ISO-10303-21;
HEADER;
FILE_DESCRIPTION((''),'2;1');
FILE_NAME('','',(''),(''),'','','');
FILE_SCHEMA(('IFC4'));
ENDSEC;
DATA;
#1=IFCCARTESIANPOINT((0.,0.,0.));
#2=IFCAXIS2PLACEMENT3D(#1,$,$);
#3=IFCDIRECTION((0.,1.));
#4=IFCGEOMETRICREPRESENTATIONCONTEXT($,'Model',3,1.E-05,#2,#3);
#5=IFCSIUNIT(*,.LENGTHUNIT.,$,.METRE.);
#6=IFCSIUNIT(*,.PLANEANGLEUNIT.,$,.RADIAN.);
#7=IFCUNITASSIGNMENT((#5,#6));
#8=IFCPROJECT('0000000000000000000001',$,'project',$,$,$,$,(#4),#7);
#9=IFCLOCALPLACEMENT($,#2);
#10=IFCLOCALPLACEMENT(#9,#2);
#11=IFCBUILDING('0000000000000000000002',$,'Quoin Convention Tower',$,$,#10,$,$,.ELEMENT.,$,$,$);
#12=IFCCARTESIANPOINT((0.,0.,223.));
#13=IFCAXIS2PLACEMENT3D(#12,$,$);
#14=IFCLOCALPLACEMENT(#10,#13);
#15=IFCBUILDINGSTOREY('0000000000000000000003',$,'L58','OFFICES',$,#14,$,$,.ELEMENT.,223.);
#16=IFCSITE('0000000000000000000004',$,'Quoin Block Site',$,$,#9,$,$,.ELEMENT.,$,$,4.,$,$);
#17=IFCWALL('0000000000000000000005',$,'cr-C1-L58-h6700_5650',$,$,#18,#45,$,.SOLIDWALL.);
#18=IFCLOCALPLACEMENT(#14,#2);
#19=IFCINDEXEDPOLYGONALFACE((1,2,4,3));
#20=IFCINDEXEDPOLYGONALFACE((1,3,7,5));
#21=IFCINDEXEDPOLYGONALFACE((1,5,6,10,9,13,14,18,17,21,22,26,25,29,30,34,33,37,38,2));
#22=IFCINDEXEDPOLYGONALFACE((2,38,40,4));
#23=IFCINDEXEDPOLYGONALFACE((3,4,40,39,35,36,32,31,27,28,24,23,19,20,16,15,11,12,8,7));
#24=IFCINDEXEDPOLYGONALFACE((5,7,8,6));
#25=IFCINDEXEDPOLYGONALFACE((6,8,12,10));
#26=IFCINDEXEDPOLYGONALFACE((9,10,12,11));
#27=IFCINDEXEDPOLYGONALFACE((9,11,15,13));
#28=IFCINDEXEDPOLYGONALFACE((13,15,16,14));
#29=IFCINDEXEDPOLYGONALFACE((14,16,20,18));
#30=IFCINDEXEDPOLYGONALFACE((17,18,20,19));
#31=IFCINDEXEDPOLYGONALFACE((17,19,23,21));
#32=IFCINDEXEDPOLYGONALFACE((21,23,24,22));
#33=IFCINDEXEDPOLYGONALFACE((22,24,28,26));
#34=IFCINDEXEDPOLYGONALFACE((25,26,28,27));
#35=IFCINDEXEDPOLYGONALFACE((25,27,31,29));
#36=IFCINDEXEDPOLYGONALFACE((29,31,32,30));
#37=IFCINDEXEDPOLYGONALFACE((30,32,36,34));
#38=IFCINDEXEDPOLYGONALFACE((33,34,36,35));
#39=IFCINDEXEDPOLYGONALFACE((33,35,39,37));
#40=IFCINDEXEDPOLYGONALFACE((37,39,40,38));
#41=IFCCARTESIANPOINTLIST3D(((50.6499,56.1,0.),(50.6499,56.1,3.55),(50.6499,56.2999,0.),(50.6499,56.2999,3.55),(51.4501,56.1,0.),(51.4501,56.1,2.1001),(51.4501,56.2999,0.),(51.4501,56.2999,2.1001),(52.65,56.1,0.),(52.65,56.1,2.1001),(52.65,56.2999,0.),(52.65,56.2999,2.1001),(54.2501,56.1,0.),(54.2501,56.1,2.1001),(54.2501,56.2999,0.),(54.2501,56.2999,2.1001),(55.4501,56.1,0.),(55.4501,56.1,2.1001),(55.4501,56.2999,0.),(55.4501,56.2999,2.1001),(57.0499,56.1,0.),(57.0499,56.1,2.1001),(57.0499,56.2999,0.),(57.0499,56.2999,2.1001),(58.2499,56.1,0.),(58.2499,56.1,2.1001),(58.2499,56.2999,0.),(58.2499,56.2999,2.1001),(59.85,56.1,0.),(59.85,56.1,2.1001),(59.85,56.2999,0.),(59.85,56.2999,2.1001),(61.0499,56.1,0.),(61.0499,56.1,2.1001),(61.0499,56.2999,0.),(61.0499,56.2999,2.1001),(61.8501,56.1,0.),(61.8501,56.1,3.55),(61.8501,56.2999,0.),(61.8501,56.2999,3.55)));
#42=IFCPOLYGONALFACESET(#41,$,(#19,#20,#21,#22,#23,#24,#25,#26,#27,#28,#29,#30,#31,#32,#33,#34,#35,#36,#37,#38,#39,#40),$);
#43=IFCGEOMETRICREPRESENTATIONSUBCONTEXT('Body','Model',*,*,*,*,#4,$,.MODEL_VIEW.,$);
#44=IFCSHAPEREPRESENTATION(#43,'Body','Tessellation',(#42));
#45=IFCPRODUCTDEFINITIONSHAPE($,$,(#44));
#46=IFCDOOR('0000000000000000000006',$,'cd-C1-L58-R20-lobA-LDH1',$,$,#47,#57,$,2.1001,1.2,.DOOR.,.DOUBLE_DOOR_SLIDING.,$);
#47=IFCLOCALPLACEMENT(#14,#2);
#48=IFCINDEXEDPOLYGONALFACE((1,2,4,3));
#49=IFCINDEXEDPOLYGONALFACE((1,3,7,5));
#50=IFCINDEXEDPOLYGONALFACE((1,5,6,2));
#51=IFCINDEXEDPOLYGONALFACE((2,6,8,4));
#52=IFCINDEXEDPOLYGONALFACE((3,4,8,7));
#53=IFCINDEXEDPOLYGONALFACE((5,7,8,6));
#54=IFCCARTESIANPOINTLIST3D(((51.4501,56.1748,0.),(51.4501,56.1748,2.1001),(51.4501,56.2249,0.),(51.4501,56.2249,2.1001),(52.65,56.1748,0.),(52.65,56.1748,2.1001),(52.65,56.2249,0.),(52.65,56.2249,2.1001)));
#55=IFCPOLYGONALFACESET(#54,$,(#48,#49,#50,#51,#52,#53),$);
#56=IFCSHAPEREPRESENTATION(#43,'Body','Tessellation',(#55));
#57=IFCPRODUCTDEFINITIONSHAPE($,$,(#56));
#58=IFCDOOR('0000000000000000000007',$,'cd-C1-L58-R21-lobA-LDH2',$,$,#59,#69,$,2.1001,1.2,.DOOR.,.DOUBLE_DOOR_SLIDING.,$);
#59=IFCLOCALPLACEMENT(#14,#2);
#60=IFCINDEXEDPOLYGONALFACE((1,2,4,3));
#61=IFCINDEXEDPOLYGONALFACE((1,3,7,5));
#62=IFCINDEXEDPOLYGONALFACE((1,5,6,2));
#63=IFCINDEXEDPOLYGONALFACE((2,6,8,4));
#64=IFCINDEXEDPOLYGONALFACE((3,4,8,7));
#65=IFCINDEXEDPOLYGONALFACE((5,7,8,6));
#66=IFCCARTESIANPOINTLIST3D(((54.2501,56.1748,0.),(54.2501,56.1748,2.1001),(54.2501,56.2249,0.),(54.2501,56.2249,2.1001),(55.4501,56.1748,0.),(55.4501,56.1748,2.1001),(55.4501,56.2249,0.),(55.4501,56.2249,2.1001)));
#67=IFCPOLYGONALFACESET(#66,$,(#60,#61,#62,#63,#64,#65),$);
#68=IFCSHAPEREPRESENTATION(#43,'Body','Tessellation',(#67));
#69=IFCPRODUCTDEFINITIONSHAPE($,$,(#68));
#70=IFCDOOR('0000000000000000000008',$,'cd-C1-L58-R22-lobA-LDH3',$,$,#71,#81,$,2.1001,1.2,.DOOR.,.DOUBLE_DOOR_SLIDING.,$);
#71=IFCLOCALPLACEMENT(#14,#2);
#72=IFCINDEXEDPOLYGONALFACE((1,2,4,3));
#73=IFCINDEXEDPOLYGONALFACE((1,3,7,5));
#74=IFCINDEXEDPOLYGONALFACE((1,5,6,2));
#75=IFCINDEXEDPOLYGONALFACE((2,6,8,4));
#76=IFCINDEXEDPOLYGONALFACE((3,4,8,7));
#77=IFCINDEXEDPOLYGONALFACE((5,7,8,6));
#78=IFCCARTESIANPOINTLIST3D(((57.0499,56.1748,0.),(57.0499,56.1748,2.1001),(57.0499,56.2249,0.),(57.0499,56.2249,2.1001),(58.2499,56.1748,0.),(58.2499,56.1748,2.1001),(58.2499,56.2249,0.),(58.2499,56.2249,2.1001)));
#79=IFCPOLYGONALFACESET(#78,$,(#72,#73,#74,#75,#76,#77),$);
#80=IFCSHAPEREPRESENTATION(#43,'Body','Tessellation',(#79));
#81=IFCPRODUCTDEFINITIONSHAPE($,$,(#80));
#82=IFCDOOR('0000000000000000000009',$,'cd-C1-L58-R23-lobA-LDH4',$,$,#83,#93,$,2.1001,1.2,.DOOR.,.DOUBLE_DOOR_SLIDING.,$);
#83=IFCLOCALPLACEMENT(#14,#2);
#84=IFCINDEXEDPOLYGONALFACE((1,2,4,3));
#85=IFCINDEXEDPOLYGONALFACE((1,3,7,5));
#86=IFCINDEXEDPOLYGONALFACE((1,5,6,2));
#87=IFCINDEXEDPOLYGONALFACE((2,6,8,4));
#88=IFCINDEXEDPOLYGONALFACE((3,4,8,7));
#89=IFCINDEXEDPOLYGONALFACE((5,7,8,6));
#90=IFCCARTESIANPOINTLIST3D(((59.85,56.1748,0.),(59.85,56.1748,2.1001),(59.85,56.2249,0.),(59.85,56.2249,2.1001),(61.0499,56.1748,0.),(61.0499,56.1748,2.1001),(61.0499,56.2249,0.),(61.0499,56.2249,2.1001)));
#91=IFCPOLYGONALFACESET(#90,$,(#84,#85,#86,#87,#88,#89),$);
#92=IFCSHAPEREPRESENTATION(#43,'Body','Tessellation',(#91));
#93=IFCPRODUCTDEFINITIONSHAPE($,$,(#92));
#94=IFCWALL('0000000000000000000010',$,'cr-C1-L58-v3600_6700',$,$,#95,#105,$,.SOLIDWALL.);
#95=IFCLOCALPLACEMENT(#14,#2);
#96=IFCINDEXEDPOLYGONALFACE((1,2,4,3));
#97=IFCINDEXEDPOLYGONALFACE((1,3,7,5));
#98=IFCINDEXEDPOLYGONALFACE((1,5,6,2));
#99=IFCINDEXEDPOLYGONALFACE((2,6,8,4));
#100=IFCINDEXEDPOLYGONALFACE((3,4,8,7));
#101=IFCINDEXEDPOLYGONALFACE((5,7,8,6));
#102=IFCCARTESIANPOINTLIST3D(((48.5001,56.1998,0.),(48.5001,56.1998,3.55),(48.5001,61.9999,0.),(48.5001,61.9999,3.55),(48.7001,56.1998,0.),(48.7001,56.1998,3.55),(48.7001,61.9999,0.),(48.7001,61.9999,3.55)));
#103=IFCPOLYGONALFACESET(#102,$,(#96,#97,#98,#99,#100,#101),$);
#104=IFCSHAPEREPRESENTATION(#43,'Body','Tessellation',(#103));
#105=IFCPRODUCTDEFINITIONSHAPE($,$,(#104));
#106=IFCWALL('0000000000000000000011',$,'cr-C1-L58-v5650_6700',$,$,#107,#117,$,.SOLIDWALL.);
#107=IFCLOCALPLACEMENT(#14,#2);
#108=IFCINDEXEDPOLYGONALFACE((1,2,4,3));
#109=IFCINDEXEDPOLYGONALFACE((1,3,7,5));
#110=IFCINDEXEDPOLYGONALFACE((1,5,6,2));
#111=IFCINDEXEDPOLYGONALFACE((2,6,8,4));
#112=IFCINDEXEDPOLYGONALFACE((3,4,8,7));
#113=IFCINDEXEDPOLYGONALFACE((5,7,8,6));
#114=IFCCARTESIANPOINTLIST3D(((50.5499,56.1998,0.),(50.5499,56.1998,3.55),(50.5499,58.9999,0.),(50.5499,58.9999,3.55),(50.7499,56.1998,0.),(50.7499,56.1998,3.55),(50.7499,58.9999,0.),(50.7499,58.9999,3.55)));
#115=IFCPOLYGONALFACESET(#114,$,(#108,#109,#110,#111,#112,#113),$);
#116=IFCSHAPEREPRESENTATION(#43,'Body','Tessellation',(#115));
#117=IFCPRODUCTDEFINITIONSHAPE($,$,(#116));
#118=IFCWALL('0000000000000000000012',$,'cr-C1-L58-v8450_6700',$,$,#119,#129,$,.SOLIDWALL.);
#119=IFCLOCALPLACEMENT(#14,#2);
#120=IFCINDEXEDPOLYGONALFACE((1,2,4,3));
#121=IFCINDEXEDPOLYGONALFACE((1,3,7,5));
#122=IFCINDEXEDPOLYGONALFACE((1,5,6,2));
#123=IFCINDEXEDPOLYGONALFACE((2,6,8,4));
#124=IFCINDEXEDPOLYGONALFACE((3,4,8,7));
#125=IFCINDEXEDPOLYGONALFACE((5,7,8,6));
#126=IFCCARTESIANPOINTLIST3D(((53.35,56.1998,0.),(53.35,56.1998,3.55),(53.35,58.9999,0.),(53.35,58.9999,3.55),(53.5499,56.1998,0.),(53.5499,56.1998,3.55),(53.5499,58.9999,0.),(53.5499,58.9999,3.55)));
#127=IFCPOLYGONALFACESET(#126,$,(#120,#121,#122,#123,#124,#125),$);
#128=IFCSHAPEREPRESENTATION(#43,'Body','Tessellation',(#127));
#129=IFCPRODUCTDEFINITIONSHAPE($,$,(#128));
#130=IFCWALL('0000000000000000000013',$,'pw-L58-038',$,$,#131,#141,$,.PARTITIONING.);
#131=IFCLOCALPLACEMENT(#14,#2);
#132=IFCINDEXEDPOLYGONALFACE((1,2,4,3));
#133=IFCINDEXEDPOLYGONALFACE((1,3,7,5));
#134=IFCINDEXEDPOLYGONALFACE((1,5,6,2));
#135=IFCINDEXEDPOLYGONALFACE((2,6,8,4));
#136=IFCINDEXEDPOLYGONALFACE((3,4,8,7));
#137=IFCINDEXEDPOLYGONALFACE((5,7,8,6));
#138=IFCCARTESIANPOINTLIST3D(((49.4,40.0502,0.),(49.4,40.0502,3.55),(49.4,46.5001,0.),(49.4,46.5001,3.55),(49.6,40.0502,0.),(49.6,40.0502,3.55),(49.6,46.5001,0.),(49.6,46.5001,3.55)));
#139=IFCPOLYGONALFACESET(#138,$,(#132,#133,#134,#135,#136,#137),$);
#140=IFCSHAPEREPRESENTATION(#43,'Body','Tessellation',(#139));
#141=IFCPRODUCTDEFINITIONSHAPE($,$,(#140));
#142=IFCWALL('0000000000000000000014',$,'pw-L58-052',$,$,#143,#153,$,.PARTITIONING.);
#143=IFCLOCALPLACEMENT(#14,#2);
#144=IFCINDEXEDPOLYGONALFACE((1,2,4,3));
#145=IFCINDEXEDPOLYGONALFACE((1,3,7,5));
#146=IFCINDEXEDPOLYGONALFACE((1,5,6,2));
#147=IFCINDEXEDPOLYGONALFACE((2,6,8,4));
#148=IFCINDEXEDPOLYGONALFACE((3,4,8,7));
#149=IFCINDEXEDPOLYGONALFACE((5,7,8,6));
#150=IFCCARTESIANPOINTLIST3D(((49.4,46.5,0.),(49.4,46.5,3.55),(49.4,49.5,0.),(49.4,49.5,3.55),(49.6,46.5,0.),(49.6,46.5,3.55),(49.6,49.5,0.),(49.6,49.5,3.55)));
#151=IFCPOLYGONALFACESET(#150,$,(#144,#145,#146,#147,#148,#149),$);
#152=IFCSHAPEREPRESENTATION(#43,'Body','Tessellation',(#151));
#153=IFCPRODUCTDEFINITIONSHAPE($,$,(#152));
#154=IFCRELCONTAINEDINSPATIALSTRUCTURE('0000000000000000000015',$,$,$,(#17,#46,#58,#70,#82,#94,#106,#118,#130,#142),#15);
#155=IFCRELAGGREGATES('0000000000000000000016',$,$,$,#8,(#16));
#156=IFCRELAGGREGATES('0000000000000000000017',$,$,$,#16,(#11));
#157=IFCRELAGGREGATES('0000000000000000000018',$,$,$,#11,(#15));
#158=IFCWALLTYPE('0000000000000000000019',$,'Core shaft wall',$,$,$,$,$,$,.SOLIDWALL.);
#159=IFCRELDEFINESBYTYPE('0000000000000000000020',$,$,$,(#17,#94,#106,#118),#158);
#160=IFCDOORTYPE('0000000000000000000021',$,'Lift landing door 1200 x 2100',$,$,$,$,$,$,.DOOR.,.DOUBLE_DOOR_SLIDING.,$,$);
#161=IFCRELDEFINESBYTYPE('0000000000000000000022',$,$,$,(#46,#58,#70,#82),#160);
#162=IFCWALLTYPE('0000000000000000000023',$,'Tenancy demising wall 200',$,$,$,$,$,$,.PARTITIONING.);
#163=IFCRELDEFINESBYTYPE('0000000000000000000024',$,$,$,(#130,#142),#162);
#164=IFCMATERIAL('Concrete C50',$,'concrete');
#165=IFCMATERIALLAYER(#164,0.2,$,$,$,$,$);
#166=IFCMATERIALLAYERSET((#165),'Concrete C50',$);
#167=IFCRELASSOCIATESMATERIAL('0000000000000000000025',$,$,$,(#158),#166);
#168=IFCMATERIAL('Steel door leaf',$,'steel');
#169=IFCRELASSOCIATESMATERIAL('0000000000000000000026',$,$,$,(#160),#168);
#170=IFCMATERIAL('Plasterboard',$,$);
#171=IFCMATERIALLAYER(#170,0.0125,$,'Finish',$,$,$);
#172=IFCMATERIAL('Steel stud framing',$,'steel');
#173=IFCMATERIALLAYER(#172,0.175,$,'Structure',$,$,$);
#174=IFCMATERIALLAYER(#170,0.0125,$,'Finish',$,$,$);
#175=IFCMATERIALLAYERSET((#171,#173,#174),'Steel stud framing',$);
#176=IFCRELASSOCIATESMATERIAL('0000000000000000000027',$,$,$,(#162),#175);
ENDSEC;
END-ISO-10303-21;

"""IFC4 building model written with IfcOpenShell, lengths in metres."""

from ifc_helpers import new_model, si_unit, direction, frame, frame_2d, origin, place, context, subcontext, project, spatial, rectangle, extrude, material, layer, layer_set, type_object, element, fill, save


model = new_model("IFC4")

# Units and contexts
model_context = context("Model", 3, precision=1e-05, world=origin(), true_north=direction((0.0, 1.0)))
body_context = subcontext(model_context, "Body", "Model", "MODEL_VIEW")
ifc_project = project(units=[si_unit("LENGTHUNIT", "METRE"), si_unit("PLANEANGLEUNIT", "RADIAN")], contexts=[model_context])

# Site, building, storey
site_placement = place(None, origin())
site = spatial("IfcSite", under=ifc_project, at=site_placement, Name="Quoin Block Site", CompositionType="ELEMENT", RefElevation=4.0)
building_placement = place(site_placement, origin())
building = spatial("IfcBuilding", under=site, at=building_placement, Name="Quoin Convention Tower", CompositionType="ELEMENT")
storey_placement = place(building_placement, frame((0.0, 0.0, 223.0)))
storey = spatial("IfcBuildingStorey", under=building, at=storey_placement, Name="L58", Description="OFFICES", CompositionType="ELEMENT", Elevation=223.0)

# Shared definitions
ifc_material_1 = material(Name="Concrete C50", Category="concrete")

# Shared definitions
ifc_material_2 = material(Name="Plasterboard")
ifc_material_3 = material(Name="Steel stud framing", Category="steel")
ifc_material_4 = material(Name="Steel door leaf", Category="steel")

# Wall, openings, doors
ifc_layer_1 = layer(ifc_material_1, 0.2)
ifc_layer_set_1 = layer_set([ifc_layer_1], Name="Concrete C50")
wall_type_1 = type_object("IfcWallType", Name="Core shaft wall", PredefinedType="SOLIDWALL", material=ifc_layer_set_1)
wall_1_placement = place(storey_placement, frame((50.6499, 56.2, 0.0), z_axis=(0.0, 0.0, 1.0), x_axis=(1.0, 0.0, 0.0)))
wall_1 = element("IfcWall", 1, at=wall_1_placement, inside=storey, type_object=wall_type_1, Name="cr-C1-L58-h6700_5650", PredefinedType="SOLIDWALL", context=body_context, shape_type="SweptSolid", body=[
    extrude(rectangle(XDim=11.2002, YDim=0.2, at=frame_2d((5.6001, 0.0))), origin(), (0.0, 0.0, 1.0), 3.55),
])
opening_1_placement = place(wall_1_placement, frame((0.8, 0.0, 0.0)))
opening_1 = element("IfcOpeningElement", 2, at=opening_1_placement, cuts=wall_1, PredefinedType="OPENING", context=body_context, shape_type="SweptSolid", body=[
    extrude(rectangle(XDim=1.2, YDim=2.1001, at=frame_2d((0.6001, 1.05))), frame((0.0, 0.1099, 0.0), z_axis=(0.0, -1.0, 0.0), x_axis=(1.0, 0.0, 0.0)), (0.0, 0.0, 1.0), 0.22),
])
opening_2_placement = place(wall_1_placement, frame((3.6001, 0.0, 0.0)))
opening_2 = element("IfcOpeningElement", 3, at=opening_2_placement, cuts=wall_1, PredefinedType="OPENING", context=body_context, shape_type="SweptSolid", body=[
    extrude(rectangle(XDim=1.2, YDim=2.1001, at=frame_2d((0.6001, 1.05))), frame((0.0, 0.1099, 0.0), z_axis=(0.0, -1.0, 0.0), x_axis=(1.0, 0.0, 0.0)), (0.0, 0.0, 1.0), 0.22),
])
opening_3_placement = place(wall_1_placement, frame((6.3999, 0.0, 0.0)))
opening_3 = element("IfcOpeningElement", 4, at=opening_3_placement, cuts=wall_1, PredefinedType="OPENING", context=body_context, shape_type="SweptSolid", body=[
    extrude(rectangle(XDim=1.2, YDim=2.1001, at=frame_2d((0.6001, 1.05))), frame((0.0, 0.1099, 0.0), z_axis=(0.0, -1.0, 0.0), x_axis=(1.0, 0.0, 0.0)), (0.0, 0.0, 1.0), 0.22),
])
opening_4_placement = place(wall_1_placement, frame((9.2, 0.0, 0.0)))
opening_4 = element("IfcOpeningElement", 5, at=opening_4_placement, cuts=wall_1, PredefinedType="OPENING", context=body_context, shape_type="SweptSolid", body=[
    extrude(rectangle(XDim=1.2, YDim=2.1001, at=frame_2d((0.6001, 1.05))), frame((0.0, 0.1099, 0.0), z_axis=(0.0, -1.0, 0.0), x_axis=(1.0, 0.0, 0.0)), (0.0, 0.0, 1.0), 0.22),
])
door_type_1 = type_object("IfcDoorType", Name="Lift landing door 1200 x 2100", OperationType="DOUBLE_DOOR_SLIDING", PredefinedType="DOOR", material=ifc_material_4)
door_1_placement = place(opening_1_placement, origin())
door_1 = element("IfcDoor", 6, at=door_1_placement, inside=storey, type_object=door_type_1, Name="cd-C1-L58-R20-lobA-LDH1", OperationType="DOUBLE_DOOR_SLIDING", OverallHeight=2.1001, OverallWidth=1.2, PredefinedType="DOOR", context=body_context, shape_type="SweptSolid", body=[
    extrude(rectangle(XDim=1.2, YDim=2.1001, at=frame_2d((0.6001, 1.05))), frame((0.0, 0.0249, 0.0), z_axis=(0.0, -1.0, 0.0), x_axis=(1.0, 0.0, 0.0)), (0.0, 0.0, 1.0), 0.05),
])
fill(opening_1, door_1)
door_2_placement = place(opening_2_placement, origin())
door_2 = element("IfcDoor", 7, at=door_2_placement, inside=storey, type_object=door_type_1, Name="cd-C1-L58-R21-lobA-LDH2", OperationType="DOUBLE_DOOR_SLIDING", OverallHeight=2.1001, OverallWidth=1.2, PredefinedType="DOOR", context=body_context, shape_type="SweptSolid", body=[
    extrude(rectangle(XDim=1.2, YDim=2.1001, at=frame_2d((0.6001, 1.05))), frame((0.0, 0.0249, 0.0), z_axis=(0.0, -1.0, 0.0), x_axis=(1.0, 0.0, 0.0)), (0.0, 0.0, 1.0), 0.05),
])
fill(opening_2, door_2)
door_3_placement = place(opening_3_placement, origin())
door_3 = element("IfcDoor", 8, at=door_3_placement, inside=storey, type_object=door_type_1, Name="cd-C1-L58-R22-lobA-LDH3", OperationType="DOUBLE_DOOR_SLIDING", OverallHeight=2.1001, OverallWidth=1.2, PredefinedType="DOOR", context=body_context, shape_type="SweptSolid", body=[
    extrude(rectangle(XDim=1.2, YDim=2.1001, at=frame_2d((0.6001, 1.05))), frame((0.0, 0.0249, 0.0), z_axis=(0.0, -1.0, 0.0), x_axis=(1.0, 0.0, 0.0)), (0.0, 0.0, 1.0), 0.05),
])
fill(opening_3, door_3)
door_4_placement = place(opening_4_placement, origin())
door_4 = element("IfcDoor", 9, at=door_4_placement, inside=storey, type_object=door_type_1, Name="cd-C1-L58-R23-lobA-LDH4", OperationType="DOUBLE_DOOR_SLIDING", OverallHeight=2.1001, OverallWidth=1.2, PredefinedType="DOOR", context=body_context, shape_type="SweptSolid", body=[
    extrude(rectangle(XDim=1.2, YDim=2.1001, at=frame_2d((0.6001, 1.05))), frame((0.0, 0.0249, 0.0), z_axis=(0.0, -1.0, 0.0), x_axis=(1.0, 0.0, 0.0)), (0.0, 0.0, 1.0), 0.05),
])
fill(opening_4, door_4)

# Walls
wall_2_placement = place(storey_placement, frame((48.6001, 56.2, 0.0), z_axis=(0.0, 0.0, 1.0), x_axis=(0.0, 1.0, 0.0)))
element("IfcWall", 10, at=wall_2_placement, inside=storey, type_object=wall_type_1, Name="cr-C1-L58-v3600_6700", PredefinedType="SOLIDWALL", context=body_context, shape_type="SweptSolid", body=[
    extrude(rectangle(XDim=5.8, YDim=0.2, at=frame_2d((2.8999, 0.0))), origin(), (0.0, 0.0, 1.0), 3.55),
])
for number, where, z_axis, x_axis, name in (
    (11, (50.6499, 56.2, 0.0), (0.0, 0.0, 1.0), (0.0, 1.0, 0.0), "cr-C1-L58-v5650_6700"),
    (12, (53.45, 56.2, 0.0), (0.0, 0.0, 1.0), (0.0, 1.0, 0.0), "cr-C1-L58-v8450_6700"),
):
    element("IfcWall", number, at=place(storey_placement, frame(where, z_axis=z_axis, x_axis=x_axis)), inside=storey, type_object=wall_type_1, Name=name, PredefinedType="SOLIDWALL", context=body_context, shape_type="SweptSolid", body=[
        extrude(rectangle(XDim=2.8, YDim=0.2, at=frame_2d((1.3999, 0.0))), origin(), (0.0, 0.0, 1.0), 3.55),
    ])
ifc_layer_2 = layer(ifc_material_2, 0.0125, Name="Finish")
ifc_layer_3 = layer(ifc_material_3, 0.175, Name="Structure")
ifc_layer_4 = layer(ifc_material_2, 0.0125, Name="Finish")
ifc_layer_set_2 = layer_set([ifc_layer_2, ifc_layer_3, ifc_layer_4], Name="Steel stud framing")
wall_type_2 = type_object("IfcWallType", Name="Tenancy demising wall 200", PredefinedType="PARTITIONING", material=ifc_layer_set_2)
wall_3_placement = place(storey_placement, frame((49.5, 40.05, 0.0), z_axis=(0.0, 0.0, 1.0), x_axis=(0.0, 1.0, 0.0)))
element("IfcWall", 13, at=wall_3_placement, inside=storey, type_object=wall_type_2, Name="pw-L58-038", PredefinedType="PARTITIONING", context=body_context, shape_type="SweptSolid", body=[
    extrude(rectangle(XDim=6.45, YDim=0.2, at=frame_2d((3.2251, 0.0))), origin(), (0.0, 0.0, 1.0), 3.55),
])
wall_4_placement = place(storey_placement, frame((49.5, 46.5, 0.0), z_axis=(0.0, 0.0, 1.0), x_axis=(0.0, 1.0, 0.0)))
element("IfcWall", 14, at=wall_4_placement, inside=storey, type_object=wall_type_2, Name="pw-L58-052", PredefinedType="PARTITIONING", context=body_context, shape_type="SweptSolid", body=[
    extrude(rectangle(XDim=3.0, YDim=0.2, at=frame_2d((1.5, 0.0))), origin(), (0.0, 0.0, 1.0), 3.55),
])

save(model, "model.ifc")
